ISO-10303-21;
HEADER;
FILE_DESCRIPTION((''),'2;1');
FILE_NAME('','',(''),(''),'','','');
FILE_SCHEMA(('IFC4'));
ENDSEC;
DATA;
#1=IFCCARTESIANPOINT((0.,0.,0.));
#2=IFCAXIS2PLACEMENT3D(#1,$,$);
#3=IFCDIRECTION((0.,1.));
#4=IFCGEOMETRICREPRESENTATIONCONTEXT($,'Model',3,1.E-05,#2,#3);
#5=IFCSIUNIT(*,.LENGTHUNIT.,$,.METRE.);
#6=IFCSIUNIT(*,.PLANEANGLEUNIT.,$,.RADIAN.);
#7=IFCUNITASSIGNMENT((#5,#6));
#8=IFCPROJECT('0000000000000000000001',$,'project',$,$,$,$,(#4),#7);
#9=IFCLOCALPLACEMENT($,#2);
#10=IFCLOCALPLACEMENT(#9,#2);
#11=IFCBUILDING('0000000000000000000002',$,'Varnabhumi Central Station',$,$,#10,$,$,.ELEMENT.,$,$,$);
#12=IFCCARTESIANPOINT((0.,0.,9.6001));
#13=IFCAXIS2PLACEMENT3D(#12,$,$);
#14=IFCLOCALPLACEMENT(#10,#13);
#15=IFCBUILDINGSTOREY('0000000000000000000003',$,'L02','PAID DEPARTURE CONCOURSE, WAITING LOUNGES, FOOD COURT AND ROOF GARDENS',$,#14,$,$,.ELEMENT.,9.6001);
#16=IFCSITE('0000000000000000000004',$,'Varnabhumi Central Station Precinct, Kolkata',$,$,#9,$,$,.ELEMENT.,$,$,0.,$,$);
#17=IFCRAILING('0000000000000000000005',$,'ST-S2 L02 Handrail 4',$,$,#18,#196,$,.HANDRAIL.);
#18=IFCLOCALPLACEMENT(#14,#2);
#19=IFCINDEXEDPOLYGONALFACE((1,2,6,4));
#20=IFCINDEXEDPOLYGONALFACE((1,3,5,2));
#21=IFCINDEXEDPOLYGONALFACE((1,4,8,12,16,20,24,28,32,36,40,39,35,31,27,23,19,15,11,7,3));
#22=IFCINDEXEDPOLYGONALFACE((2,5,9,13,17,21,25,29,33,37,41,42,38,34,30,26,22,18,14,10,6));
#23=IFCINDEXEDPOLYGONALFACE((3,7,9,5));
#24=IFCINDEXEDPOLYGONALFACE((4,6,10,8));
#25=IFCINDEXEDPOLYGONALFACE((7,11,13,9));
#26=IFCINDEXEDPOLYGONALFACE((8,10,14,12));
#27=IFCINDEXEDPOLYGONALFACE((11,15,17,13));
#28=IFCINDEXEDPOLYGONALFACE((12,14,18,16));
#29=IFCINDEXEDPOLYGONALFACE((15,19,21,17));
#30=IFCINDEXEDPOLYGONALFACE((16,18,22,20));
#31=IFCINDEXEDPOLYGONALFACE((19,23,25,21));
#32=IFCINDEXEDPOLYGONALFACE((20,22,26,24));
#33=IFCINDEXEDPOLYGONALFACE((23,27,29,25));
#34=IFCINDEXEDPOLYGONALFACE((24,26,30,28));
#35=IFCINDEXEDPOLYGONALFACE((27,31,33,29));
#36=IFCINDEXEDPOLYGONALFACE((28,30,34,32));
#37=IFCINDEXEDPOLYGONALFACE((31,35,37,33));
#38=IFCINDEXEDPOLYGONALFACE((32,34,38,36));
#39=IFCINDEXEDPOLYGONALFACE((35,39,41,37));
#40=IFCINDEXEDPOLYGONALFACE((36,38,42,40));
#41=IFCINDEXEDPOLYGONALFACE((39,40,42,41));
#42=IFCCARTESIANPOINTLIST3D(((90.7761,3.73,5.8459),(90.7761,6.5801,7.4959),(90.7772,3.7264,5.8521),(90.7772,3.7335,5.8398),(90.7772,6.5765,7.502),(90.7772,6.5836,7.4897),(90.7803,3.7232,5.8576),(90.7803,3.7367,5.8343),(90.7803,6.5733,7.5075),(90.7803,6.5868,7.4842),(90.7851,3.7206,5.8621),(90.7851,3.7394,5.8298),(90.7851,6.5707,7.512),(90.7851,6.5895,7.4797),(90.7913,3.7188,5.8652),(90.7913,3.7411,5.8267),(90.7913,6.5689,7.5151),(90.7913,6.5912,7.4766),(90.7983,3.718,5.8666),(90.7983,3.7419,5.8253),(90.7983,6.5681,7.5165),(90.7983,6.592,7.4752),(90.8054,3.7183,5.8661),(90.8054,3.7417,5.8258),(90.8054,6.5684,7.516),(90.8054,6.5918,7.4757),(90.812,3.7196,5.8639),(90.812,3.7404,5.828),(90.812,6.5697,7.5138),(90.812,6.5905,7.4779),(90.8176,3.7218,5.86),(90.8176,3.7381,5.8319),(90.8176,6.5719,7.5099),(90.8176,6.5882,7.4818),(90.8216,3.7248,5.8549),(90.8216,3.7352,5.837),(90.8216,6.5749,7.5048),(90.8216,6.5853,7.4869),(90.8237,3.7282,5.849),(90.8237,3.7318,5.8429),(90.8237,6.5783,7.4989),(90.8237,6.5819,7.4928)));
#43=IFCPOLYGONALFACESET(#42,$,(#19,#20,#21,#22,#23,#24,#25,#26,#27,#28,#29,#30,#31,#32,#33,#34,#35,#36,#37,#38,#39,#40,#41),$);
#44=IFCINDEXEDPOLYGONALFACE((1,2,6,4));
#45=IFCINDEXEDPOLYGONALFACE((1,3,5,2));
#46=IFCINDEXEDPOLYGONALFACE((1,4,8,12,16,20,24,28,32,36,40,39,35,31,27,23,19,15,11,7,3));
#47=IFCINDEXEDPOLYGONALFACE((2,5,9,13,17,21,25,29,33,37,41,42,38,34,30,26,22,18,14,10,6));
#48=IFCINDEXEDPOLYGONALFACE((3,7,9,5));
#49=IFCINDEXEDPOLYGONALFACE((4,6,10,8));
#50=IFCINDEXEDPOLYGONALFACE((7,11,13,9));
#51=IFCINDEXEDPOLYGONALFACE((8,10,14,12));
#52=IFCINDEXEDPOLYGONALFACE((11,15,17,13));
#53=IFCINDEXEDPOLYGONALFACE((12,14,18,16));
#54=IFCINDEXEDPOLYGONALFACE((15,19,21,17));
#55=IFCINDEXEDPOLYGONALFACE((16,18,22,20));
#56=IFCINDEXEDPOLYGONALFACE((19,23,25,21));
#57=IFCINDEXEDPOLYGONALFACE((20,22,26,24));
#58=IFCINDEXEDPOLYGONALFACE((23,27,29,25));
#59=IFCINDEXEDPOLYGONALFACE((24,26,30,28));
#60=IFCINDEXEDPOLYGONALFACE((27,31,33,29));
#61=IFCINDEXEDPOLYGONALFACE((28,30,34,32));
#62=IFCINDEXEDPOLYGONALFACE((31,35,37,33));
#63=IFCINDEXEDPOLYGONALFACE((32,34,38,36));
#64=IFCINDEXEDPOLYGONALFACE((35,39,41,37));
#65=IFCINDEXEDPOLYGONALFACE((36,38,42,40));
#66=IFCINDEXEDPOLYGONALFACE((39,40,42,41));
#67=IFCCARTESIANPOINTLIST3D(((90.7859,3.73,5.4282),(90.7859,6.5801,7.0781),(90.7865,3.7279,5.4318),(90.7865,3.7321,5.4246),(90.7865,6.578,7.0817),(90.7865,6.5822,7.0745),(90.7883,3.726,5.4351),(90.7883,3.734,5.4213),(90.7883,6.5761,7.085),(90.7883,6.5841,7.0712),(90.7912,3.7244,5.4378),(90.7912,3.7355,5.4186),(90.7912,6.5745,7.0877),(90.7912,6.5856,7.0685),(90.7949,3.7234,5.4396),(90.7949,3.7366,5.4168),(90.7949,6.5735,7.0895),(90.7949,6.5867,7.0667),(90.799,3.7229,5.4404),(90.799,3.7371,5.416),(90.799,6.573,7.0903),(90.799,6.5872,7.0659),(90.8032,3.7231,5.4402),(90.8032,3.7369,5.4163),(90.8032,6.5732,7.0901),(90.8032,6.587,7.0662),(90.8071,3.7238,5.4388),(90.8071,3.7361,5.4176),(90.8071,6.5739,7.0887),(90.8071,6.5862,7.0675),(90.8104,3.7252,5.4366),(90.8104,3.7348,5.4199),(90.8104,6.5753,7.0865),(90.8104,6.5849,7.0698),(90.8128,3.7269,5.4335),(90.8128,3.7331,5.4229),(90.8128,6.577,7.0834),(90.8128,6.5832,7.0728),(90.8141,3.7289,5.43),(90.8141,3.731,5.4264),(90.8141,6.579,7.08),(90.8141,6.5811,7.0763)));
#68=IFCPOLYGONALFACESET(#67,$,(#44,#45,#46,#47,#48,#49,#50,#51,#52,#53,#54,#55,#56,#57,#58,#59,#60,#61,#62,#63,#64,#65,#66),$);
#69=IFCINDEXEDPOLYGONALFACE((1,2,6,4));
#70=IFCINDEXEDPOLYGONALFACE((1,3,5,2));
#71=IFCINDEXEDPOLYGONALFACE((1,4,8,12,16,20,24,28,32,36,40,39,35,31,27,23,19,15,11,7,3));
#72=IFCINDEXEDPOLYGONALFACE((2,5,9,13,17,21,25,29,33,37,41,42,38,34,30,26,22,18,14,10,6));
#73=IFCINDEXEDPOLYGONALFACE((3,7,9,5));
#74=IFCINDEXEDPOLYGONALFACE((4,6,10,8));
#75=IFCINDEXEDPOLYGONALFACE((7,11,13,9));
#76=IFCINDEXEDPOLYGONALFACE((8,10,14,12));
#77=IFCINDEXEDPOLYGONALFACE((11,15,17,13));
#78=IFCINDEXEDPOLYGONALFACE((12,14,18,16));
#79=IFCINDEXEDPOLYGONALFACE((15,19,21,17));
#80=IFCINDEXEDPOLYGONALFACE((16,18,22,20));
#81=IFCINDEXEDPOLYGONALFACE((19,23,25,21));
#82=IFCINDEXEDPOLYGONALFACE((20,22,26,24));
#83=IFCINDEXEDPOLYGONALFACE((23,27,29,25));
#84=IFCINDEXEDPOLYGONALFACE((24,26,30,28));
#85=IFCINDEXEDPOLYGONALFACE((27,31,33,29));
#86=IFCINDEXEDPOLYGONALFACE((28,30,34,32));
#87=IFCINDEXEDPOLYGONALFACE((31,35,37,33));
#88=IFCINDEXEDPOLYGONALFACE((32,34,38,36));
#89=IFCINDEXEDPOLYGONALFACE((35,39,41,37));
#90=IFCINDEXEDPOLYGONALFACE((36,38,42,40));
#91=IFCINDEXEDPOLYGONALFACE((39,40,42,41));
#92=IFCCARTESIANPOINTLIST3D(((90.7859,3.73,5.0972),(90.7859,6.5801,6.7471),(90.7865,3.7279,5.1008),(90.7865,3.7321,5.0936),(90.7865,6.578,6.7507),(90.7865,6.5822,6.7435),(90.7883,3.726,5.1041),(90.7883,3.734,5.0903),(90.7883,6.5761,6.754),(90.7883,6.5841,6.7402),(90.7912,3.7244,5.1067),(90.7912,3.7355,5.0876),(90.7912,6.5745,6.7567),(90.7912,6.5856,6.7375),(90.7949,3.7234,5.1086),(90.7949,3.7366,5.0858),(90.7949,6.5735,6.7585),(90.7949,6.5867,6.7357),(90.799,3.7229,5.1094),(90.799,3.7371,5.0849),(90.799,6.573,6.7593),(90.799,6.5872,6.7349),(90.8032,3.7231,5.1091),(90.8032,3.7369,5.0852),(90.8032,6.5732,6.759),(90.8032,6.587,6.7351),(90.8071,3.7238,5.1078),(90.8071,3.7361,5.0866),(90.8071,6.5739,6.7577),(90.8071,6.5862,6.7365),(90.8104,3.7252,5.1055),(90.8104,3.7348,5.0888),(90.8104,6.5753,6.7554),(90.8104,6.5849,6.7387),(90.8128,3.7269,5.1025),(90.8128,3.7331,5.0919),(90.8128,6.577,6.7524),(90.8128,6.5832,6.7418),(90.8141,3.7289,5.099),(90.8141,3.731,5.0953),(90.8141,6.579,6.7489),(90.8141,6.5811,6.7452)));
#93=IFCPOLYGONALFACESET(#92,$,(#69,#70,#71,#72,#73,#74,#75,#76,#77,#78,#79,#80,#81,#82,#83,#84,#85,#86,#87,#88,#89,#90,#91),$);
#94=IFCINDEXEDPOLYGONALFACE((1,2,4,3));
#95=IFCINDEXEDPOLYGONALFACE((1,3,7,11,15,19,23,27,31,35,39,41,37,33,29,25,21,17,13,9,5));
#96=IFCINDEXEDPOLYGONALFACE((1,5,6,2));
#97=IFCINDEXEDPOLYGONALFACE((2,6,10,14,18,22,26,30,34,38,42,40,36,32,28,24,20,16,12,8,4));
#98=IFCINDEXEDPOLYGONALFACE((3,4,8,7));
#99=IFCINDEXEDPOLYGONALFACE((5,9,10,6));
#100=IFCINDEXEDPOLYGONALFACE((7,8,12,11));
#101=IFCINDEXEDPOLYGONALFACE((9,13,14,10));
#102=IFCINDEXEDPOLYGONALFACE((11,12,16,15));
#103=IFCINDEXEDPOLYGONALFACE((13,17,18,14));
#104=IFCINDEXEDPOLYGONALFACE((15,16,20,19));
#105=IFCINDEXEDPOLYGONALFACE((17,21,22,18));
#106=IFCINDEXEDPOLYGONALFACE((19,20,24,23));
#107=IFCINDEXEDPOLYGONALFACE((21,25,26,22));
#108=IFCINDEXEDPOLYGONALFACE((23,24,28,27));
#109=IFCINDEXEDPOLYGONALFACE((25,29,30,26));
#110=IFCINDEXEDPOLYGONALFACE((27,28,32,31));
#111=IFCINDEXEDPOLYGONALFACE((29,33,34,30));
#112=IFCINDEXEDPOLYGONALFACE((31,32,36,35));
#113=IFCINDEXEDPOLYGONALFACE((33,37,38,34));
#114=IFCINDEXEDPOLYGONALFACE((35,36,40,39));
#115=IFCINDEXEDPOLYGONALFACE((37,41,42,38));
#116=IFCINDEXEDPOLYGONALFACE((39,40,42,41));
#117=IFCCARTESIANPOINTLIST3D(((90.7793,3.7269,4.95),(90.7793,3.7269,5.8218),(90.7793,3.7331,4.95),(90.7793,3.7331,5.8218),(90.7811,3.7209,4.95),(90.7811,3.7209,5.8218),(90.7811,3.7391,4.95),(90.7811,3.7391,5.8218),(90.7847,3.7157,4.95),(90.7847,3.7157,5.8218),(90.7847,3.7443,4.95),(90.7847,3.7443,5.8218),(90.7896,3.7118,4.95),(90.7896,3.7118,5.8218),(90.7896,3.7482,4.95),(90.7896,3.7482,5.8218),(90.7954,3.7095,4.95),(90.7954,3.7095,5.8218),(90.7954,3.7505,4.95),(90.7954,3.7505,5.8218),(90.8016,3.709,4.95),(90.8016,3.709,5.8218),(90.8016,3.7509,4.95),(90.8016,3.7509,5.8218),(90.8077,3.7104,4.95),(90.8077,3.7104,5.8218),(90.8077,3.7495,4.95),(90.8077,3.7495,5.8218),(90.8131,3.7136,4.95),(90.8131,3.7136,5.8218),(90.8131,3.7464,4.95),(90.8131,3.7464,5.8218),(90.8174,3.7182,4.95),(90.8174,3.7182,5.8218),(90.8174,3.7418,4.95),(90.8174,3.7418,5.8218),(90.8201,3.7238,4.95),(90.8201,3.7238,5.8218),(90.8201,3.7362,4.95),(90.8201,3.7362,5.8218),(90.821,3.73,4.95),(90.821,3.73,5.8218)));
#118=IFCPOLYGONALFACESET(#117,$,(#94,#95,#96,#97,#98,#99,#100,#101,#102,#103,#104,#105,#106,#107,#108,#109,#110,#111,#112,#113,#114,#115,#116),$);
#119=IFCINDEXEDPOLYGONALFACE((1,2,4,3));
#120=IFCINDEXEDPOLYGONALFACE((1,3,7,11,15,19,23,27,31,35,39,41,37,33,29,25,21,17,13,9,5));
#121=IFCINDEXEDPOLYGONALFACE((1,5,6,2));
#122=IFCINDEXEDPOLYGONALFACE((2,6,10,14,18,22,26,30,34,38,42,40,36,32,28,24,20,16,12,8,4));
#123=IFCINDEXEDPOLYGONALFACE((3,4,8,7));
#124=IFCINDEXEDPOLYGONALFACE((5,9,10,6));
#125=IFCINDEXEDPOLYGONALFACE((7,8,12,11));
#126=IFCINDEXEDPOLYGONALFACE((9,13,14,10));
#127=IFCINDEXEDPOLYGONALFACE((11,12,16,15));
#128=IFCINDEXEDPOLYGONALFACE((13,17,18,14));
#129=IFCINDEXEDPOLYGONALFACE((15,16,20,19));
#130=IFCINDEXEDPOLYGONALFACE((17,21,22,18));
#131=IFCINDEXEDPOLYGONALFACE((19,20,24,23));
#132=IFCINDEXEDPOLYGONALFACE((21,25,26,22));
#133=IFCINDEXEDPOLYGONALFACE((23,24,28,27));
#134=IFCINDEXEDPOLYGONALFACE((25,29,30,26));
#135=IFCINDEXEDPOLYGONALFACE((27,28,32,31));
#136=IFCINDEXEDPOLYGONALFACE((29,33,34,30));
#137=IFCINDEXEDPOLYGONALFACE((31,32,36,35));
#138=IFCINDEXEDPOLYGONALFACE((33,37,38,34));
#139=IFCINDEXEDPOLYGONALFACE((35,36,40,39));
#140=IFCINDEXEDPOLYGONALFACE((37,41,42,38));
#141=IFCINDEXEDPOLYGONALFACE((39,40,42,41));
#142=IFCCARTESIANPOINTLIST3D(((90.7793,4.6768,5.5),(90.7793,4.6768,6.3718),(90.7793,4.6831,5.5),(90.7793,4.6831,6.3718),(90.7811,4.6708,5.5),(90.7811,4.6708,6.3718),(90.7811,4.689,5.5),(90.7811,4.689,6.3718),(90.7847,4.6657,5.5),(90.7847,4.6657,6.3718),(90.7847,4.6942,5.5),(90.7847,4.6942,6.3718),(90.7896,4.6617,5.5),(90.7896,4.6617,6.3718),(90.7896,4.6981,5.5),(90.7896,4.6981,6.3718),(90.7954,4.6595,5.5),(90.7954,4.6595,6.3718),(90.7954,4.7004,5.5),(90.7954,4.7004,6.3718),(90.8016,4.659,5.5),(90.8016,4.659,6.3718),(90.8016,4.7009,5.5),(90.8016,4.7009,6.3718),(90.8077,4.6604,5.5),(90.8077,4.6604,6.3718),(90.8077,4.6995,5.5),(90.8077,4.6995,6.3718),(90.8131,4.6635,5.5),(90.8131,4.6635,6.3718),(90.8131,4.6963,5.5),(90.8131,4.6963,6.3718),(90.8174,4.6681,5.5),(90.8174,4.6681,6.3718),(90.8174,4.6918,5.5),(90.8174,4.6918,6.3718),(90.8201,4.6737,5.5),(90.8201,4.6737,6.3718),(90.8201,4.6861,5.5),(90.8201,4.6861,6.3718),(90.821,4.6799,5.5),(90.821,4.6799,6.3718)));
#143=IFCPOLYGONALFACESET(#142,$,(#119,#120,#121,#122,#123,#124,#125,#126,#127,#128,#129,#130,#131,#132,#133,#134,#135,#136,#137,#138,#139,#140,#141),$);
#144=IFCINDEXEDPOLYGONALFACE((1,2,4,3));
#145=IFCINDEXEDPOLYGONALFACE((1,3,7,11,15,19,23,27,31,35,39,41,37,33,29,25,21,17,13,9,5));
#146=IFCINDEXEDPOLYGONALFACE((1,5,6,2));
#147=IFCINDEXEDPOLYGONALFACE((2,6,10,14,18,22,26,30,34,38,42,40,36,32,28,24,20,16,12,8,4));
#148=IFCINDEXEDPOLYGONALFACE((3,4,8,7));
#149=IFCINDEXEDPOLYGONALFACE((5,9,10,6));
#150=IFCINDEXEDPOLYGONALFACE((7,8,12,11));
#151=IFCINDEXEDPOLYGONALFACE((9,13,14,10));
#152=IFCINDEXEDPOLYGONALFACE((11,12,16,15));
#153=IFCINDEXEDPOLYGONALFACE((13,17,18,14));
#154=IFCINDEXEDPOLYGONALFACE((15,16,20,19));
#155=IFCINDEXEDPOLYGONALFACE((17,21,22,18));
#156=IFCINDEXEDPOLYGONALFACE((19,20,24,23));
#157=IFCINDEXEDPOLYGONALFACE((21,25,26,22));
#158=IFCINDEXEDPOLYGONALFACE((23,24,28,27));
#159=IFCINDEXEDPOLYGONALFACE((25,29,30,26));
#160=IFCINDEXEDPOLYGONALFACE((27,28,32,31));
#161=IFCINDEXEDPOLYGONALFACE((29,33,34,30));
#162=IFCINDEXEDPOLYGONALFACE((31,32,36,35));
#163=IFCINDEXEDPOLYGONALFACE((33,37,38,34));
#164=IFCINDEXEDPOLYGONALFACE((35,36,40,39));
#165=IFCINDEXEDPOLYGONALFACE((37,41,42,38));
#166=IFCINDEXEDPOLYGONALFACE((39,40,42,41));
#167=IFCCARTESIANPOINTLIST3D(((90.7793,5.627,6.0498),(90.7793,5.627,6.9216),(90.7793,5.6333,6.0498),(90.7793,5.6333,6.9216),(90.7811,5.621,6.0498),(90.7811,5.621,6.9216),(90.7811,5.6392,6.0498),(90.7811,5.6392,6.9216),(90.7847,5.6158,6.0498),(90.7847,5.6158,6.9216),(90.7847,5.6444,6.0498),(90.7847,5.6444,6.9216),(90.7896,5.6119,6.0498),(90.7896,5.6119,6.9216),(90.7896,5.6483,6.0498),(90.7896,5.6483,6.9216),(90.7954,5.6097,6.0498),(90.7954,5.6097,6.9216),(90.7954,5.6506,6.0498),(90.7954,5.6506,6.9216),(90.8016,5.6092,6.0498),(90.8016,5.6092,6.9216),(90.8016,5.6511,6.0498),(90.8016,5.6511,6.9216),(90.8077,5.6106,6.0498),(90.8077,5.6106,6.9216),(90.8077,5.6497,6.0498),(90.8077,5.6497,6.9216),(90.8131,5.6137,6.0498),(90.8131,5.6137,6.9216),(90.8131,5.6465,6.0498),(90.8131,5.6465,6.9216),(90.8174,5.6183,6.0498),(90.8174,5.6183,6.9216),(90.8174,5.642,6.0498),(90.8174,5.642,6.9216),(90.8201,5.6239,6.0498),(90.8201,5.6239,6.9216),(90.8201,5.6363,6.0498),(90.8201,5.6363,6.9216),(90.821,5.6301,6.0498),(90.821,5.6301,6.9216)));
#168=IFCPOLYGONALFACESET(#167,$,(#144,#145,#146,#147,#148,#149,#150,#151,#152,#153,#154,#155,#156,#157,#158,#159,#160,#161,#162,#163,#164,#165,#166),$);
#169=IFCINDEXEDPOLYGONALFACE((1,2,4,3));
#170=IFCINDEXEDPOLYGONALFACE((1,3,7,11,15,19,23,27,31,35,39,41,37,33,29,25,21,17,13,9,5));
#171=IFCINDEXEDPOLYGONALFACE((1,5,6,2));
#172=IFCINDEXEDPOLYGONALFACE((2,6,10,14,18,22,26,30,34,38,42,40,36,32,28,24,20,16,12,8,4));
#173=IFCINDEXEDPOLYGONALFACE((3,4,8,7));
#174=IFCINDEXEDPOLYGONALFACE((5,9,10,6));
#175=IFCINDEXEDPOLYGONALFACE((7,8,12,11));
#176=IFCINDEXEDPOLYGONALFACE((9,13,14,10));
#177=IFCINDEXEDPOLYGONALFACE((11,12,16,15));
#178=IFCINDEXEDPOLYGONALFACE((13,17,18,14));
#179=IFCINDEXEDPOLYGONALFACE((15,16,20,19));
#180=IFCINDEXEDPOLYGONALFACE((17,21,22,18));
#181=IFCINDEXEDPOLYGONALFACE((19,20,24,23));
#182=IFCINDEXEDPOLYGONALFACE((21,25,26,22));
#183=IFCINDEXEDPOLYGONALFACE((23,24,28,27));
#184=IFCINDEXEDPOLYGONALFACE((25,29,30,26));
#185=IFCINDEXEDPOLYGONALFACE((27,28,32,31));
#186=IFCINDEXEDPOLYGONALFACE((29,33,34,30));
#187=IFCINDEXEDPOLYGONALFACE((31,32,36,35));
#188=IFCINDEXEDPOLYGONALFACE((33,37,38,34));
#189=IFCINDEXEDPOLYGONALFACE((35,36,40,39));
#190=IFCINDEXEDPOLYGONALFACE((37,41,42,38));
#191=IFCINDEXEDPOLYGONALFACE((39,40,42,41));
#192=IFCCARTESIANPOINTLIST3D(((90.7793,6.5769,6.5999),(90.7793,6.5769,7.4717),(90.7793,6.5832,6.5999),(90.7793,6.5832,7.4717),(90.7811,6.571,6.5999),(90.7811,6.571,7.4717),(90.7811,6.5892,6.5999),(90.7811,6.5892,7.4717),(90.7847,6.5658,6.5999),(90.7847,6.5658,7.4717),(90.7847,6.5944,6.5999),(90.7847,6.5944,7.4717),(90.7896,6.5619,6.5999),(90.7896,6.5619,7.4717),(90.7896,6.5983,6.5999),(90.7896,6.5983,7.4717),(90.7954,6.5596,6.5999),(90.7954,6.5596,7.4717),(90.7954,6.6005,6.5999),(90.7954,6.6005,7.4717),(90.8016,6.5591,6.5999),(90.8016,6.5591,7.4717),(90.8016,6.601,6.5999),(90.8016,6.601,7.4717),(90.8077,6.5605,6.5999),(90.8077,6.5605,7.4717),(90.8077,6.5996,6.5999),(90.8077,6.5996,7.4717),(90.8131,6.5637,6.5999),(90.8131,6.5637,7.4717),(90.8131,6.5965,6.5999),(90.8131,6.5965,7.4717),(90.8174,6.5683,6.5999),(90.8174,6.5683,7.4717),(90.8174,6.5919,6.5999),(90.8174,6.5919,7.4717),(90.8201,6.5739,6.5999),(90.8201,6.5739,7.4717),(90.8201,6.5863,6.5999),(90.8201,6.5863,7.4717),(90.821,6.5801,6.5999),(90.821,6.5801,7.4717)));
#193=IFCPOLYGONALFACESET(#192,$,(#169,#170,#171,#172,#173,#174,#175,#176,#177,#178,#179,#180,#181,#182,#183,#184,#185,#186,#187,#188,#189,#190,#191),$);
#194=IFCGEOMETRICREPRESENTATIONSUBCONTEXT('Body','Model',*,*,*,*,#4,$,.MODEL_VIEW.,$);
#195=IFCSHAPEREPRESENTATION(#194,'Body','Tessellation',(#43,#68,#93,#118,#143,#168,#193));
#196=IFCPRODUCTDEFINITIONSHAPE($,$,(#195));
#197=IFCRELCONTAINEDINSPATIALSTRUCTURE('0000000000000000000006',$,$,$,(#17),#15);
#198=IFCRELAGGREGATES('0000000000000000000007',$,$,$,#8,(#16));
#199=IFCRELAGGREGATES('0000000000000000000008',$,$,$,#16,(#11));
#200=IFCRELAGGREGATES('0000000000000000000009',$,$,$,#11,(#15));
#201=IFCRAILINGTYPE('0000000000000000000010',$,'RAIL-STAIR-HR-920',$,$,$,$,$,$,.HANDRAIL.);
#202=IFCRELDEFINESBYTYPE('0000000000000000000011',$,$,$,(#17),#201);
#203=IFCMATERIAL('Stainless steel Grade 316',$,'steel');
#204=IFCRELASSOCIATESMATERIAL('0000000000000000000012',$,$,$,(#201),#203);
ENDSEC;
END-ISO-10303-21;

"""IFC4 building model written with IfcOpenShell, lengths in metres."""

from ifc_helpers import new_model, si_unit, direction, frame, origin, origin_2d, place, context, subcontext, project, spatial, circle, extrude, material, type_object, element, save


model = new_model("IFC4")

# Units and contexts
model_context = context("Model", 3, precision=1e-05, world=origin(), true_north=direction((0.0, 1.0)))
body_context = subcontext(model_context, "Body", "Model", "MODEL_VIEW")
ifc_project = project(units=[si_unit("LENGTHUNIT", "METRE"), si_unit("PLANEANGLEUNIT", "RADIAN")], contexts=[model_context])

# Site, building, storey
site_placement = place(None, origin())
site = spatial("IfcSite", under=ifc_project, at=site_placement, Name="Varnabhumi Central Station Precinct, Kolkata", CompositionType="ELEMENT", RefElevation=0.0)
building_placement = place(site_placement, origin())
building = spatial("IfcBuilding", under=site, at=building_placement, Name="Varnabhumi Central Station", CompositionType="ELEMENT")
storey_placement = place(building_placement, frame((0.0, 0.0, 9.6001)))
storey = spatial("IfcBuildingStorey", under=building, at=storey_placement, Name="L02", Description="PAID DEPARTURE CONCOURSE, WAITING LOUNGES, FOOD COURT AND ROOF GARDENS", CompositionType="ELEMENT", Elevation=9.6001)

# Shared definitions
ifc_material_1 = material(Name="Stainless steel Grade 316", Category="steel")

# Railing
railing_type_1 = type_object("IfcRailingType", Name="RAIL-STAIR-HR-920", PredefinedType="HANDRAIL", material=ifc_material_1)
railing_1_placement = place(storey_placement, frame((90.8, 3.73, 4.95)))
element("IfcRailing", 1, at=railing_1_placement, inside=storey, type_object=railing_type_1, Name="ST-S2 L02 Handrail 4", PredefinedType="HANDRAIL", context=body_context, shape_type="SweptSolid", body=[
    extrude(circle(Radius=0.0239, at=origin_2d()), frame((0.0, 0.0, 0.896), z_axis=(0.0, 0.865447, 0.501001), x_axis=(-1.0, 0.0, 0.0)), (0.0, 0.0, 1.0), 3.2932),
    extrude(circle(Radius=0.0142, at=origin_2d()), frame((0.0, 0.0, 0.4783), z_axis=(0.0, 0.865447, 0.501001), x_axis=(-1.0, 0.0, 0.0)), (0.0, 0.0, 1.0), 3.2932),
    extrude(circle(Radius=0.0142, at=origin_2d()), frame((0.0, 0.0, 0.1472), z_axis=(0.0, 0.865447, 0.501001), x_axis=(-1.0, 0.0, 0.0)), (0.0, 0.0, 1.0), 3.2932),
    extrude(circle(Radius=0.021, at=origin_2d()), origin(), (0.0, 0.0, 1.0), 0.8718),
    extrude(circle(Radius=0.021, at=origin_2d()), frame((0.0, 0.95, 0.55)), (0.0, 0.0, 1.0), 0.8718),
    extrude(circle(Radius=0.021, at=origin_2d()), frame((0.0, 1.9001, 1.0999)), (0.0, 0.0, 1.0), 0.8718),
    extrude(circle(Radius=0.021, at=origin_2d()), frame((0.0, 2.8501, 1.6499)), (0.0, 0.0, 1.0), 0.8718),
])

save(model, "model.ifc")
